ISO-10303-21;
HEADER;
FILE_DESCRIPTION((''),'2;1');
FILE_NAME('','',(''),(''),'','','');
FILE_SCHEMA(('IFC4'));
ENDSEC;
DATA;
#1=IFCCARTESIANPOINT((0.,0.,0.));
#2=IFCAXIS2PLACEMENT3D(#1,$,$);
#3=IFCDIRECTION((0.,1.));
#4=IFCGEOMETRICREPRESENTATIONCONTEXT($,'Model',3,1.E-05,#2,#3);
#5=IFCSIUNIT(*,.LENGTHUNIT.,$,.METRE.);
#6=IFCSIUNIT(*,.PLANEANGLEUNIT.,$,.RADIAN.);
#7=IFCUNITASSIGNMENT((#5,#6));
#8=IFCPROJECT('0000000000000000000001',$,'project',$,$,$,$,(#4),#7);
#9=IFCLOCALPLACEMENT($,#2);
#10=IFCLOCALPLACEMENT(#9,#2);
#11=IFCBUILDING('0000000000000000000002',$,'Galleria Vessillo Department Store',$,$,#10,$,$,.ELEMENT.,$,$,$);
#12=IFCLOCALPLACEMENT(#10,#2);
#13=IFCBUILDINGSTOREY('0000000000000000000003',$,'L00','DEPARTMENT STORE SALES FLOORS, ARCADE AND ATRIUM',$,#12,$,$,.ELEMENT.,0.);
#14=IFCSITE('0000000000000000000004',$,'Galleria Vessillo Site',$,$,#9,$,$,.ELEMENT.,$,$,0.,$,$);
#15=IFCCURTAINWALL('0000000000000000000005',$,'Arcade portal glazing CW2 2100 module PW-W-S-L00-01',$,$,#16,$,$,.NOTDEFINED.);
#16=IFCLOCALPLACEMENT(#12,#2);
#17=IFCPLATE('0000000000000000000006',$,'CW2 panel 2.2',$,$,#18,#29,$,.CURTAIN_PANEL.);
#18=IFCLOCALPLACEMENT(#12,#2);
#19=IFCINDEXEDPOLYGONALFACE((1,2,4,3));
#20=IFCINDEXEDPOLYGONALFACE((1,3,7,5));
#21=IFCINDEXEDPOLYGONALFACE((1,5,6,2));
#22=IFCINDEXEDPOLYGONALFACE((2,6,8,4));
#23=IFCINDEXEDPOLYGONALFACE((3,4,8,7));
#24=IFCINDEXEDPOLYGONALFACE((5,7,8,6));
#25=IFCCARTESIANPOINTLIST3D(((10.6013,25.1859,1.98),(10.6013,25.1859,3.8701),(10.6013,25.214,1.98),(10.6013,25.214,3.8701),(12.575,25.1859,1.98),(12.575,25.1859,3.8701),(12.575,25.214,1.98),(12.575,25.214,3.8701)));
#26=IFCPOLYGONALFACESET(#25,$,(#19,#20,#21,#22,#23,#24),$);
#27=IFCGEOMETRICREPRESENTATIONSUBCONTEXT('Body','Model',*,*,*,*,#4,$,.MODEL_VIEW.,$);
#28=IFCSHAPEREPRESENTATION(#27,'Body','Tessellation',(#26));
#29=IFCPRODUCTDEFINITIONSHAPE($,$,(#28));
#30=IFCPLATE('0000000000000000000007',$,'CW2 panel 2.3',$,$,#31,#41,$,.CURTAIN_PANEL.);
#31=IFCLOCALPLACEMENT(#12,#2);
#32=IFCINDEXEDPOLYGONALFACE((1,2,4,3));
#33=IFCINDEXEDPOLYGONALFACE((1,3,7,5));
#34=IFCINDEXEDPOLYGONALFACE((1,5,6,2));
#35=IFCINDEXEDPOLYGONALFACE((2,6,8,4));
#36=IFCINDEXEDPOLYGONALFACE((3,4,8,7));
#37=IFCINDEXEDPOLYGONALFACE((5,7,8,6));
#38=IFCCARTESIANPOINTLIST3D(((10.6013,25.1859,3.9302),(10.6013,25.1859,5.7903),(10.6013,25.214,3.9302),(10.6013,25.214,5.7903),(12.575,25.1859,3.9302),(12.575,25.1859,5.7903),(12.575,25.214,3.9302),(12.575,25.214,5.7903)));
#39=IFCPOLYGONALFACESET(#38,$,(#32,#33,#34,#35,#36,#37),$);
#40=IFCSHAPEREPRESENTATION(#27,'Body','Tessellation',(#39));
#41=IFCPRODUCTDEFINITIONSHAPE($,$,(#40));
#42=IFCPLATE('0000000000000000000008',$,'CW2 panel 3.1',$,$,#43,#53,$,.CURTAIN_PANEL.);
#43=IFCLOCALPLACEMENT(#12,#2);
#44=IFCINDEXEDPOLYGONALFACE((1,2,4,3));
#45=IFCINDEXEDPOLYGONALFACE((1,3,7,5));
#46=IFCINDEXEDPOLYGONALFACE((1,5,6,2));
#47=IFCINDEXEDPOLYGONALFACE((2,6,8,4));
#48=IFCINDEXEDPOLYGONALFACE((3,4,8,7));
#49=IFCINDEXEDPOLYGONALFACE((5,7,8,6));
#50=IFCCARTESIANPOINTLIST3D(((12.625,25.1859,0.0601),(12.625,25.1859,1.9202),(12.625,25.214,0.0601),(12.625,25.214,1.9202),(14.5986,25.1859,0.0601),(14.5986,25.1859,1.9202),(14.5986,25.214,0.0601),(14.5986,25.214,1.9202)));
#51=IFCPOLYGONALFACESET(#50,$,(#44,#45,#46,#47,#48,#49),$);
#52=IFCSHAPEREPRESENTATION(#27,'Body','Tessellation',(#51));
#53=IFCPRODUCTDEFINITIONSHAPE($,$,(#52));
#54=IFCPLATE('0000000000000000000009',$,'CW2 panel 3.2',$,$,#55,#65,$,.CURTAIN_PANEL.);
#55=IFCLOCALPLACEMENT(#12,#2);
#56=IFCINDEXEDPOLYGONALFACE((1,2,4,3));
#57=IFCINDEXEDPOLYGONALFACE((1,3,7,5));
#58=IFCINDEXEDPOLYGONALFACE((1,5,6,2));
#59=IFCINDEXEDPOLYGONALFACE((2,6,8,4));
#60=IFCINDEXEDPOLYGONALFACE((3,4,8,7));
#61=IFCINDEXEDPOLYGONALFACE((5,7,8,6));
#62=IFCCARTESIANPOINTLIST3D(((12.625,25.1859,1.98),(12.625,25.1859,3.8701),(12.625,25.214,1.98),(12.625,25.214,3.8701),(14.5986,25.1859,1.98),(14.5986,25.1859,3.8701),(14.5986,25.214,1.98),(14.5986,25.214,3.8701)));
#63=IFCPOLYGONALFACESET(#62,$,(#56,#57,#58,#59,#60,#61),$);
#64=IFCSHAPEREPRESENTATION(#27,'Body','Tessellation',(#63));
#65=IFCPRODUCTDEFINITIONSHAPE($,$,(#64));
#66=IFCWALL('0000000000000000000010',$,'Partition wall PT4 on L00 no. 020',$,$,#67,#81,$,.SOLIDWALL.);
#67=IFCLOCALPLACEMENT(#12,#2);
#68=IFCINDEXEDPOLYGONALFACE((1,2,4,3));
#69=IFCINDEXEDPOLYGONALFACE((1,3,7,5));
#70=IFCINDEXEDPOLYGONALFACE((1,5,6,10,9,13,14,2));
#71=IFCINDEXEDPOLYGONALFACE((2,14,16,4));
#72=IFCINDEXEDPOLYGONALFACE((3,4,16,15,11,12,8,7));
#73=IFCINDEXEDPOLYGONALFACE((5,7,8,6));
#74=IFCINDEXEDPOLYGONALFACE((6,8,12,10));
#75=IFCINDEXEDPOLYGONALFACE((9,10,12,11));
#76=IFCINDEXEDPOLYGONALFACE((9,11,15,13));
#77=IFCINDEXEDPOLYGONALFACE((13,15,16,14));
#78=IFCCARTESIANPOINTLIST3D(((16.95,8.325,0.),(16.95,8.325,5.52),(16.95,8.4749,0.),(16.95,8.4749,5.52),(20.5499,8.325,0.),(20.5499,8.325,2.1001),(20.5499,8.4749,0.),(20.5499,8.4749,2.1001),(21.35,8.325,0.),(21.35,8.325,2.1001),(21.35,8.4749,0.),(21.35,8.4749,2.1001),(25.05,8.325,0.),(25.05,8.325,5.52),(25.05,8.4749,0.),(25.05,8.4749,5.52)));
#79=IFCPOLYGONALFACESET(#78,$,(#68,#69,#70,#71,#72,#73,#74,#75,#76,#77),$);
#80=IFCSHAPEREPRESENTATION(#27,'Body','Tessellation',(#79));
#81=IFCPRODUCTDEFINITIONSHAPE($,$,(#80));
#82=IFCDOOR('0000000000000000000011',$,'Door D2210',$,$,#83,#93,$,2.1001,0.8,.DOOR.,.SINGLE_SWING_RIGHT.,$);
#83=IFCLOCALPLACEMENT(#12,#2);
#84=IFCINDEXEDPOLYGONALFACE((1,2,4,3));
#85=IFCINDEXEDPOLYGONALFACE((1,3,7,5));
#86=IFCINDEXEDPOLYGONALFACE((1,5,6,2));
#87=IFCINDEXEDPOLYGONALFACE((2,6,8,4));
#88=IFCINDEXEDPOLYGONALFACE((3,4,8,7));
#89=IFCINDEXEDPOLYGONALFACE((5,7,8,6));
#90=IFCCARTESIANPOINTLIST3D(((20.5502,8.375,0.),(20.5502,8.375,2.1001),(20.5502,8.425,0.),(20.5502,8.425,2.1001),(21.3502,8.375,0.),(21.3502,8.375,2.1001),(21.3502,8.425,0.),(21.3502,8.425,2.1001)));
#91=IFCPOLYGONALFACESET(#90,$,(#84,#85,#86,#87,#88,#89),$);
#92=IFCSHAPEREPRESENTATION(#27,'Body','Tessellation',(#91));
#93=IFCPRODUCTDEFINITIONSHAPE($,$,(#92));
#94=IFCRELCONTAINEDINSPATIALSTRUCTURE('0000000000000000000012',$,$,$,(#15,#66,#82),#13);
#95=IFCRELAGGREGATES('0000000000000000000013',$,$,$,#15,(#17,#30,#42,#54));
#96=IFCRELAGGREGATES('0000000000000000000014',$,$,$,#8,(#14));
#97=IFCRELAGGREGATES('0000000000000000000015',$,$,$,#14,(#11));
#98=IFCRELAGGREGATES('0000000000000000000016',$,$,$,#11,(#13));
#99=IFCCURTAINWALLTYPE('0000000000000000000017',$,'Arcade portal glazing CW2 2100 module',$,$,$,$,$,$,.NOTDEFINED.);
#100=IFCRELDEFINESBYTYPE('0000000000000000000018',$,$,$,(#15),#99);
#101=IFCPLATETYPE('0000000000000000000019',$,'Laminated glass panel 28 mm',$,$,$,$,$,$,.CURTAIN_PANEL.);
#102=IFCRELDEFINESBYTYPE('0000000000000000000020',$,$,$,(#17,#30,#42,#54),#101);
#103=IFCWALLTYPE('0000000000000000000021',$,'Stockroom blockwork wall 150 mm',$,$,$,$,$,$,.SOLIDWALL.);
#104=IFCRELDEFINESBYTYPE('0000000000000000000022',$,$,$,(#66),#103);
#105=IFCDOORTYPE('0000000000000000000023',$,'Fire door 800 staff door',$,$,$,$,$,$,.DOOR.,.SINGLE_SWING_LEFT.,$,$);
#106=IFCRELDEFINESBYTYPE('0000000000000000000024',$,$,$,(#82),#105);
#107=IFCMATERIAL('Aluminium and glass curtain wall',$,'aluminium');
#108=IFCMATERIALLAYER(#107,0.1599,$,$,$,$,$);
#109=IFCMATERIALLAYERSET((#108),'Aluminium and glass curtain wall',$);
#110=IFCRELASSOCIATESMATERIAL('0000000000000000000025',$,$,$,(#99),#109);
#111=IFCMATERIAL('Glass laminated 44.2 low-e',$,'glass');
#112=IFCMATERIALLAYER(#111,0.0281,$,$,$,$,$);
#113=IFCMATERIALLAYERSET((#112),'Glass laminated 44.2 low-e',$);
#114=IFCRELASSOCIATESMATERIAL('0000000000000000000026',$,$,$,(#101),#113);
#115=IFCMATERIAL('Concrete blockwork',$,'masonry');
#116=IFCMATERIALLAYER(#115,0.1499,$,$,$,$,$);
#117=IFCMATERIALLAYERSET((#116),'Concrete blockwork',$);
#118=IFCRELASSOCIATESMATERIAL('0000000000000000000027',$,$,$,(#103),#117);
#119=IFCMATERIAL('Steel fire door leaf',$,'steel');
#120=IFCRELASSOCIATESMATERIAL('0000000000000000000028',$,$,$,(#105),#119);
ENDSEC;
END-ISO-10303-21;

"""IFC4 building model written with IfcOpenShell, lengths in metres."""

from ifc_helpers import new_model, si_unit, direction, frame, frame_2d, origin, origin_2d, place, context, subcontext, project, spatial, rectangle, extrude, material, layer, layer_set, type_object, element, fill, aggregate, save


model = new_model("IFC4")

# Units and contexts
model_context = context("Model", 3, precision=1e-05, world=origin(), true_north=direction((0.0, 1.0)))
body_context = subcontext(model_context, "Body", "Model", "MODEL_VIEW")
ifc_project = project(units=[si_unit("LENGTHUNIT", "METRE"), si_unit("PLANEANGLEUNIT", "RADIAN")], contexts=[model_context])

# Site, building, storey
site_placement = place(None, origin())
site = spatial("IfcSite", under=ifc_project, at=site_placement, Name="Galleria Vessillo Site", CompositionType="ELEMENT", RefElevation=0.0)
building_placement = place(site_placement, origin())
building = spatial("IfcBuilding", under=site, at=building_placement, Name="Galleria Vessillo Department Store", CompositionType="ELEMENT")
storey_placement = place(building_placement, origin())
storey = spatial("IfcBuildingStorey", under=building, at=storey_placement, Name="L00", Description="DEPARTMENT STORE SALES FLOORS, ARCADE AND ATRIUM", CompositionType="ELEMENT", Elevation=0.0)

# Curtain wall
ifc_material_1 = material(Name="Aluminium and glass curtain wall", Category="aluminium")
ifc_layer_1 = layer(ifc_material_1, 0.1599)
ifc_layer_set_1 = layer_set([ifc_layer_1], Name="Aluminium and glass curtain wall")
curtain_wall_type = type_object("IfcCurtainWallType", Name="Arcade portal glazing CW2 2100 module", PredefinedType="NOTDEFINED", material=ifc_layer_set_1)
curtain_wall_placement = place(storey_placement, origin())
curtain_wall = element("IfcCurtainWall", 1, at=curtain_wall_placement, inside=storey, type_object=curtain_wall_type, Name="Arcade portal glazing CW2 2100 module PW-W-S-L00-01", PredefinedType="NOTDEFINED")

# Plates
ifc_material_2 = material(Name="Glass laminated 44.2 low-e", Category="glass")
ifc_layer_2 = layer(ifc_material_2, 0.0281)
ifc_layer_set_2 = layer_set([ifc_layer_2], Name="Glass laminated 44.2 low-e")
plate_type = type_object("IfcPlateType", Name="Laminated glass panel 28 mm", PredefinedType="CURTAIN_PANEL", material=ifc_layer_set_2)
plate_1_placement = place(storey_placement, frame((11.5881, 25.2, 1.98), z_axis=(0.0, 0.0, 1.0), x_axis=(1.0, 0.0, 0.0)))
plate_1 = element("IfcPlate", 2, at=plate_1_placement, type_object=plate_type, Name="CW2 panel 2.2", PredefinedType="CURTAIN_PANEL", context=body_context, shape_type="SweptSolid", body=[
    extrude(rectangle(XDim=1.9736, YDim=0.0281, at=origin_2d()), origin(), (0.0, 0.0, 1.0), 1.8901),
])
plate_2_placement = place(storey_placement, frame((11.5881, 25.2, 3.9302), z_axis=(0.0, 0.0, 1.0), x_axis=(1.0, 0.0, 0.0)))
plate_2 = element("IfcPlate", 3, at=plate_2_placement, type_object=plate_type, Name="CW2 panel 2.3", PredefinedType="CURTAIN_PANEL", context=body_context, shape_type="SweptSolid", body=[
    extrude(rectangle(XDim=1.9736, YDim=0.0281, at=origin_2d()), origin(), (0.0, 0.0, 1.0), 1.8601),
])
plate_3_placement = place(storey_placement, frame((13.6118, 25.2, 0.0601), z_axis=(0.0, 0.0, 1.0), x_axis=(1.0, 0.0, 0.0)))
plate_3 = element("IfcPlate", 4, at=plate_3_placement, type_object=plate_type, Name="CW2 panel 3.1", PredefinedType="CURTAIN_PANEL", context=body_context, shape_type="SweptSolid", body=[
    extrude(rectangle(XDim=1.9736, YDim=0.0281, at=origin_2d()), origin(), (0.0, 0.0, 1.0), 1.8601),
])
plate_4_placement = place(storey_placement, frame((13.6118, 25.2, 1.98), z_axis=(0.0, 0.0, 1.0), x_axis=(1.0, 0.0, 0.0)))
plate_4 = element("IfcPlate", 5, at=plate_4_placement, type_object=plate_type, Name="CW2 panel 3.2", PredefinedType="CURTAIN_PANEL", context=body_context, shape_type="SweptSolid", body=[
    extrude(rectangle(XDim=1.9736, YDim=0.0281, at=origin_2d()), origin(), (0.0, 0.0, 1.0), 1.8901),
])
aggregate(curtain_wall, [plate_1, plate_2, plate_3, plate_4])

# Wall, opening, door
ifc_material_3 = material(Name="Concrete blockwork", Category="masonry")
ifc_layer_3 = layer(ifc_material_3, 0.1499)
ifc_layer_set_3 = layer_set([ifc_layer_3], Name="Concrete blockwork")
wall_type = type_object("IfcWallType", Name="Stockroom blockwork wall 150 mm", PredefinedType="SOLIDWALL", material=ifc_layer_set_3)
wall_placement = place(storey_placement, frame((16.95, 8.3999, 0.0), z_axis=(0.0, 0.0, 1.0), x_axis=(1.0, 0.0, 0.0)))
wall = element("IfcWall", 6, at=wall_placement, inside=storey, type_object=wall_type, Name="Partition wall PT4 on L00 no. 020", PredefinedType="SOLIDWALL", context=body_context, shape_type="SweptSolid", body=[
    extrude(rectangle(XDim=8.1001, YDim=0.1499, at=frame_2d((4.05, 0.0))), origin(), (0.0, 0.0, 1.0), 5.52),
])
opening_placement = place(wall_placement, frame((3.6001, 0.0, 0.0)))
opening = element("IfcOpeningElement", 7, at=opening_placement, cuts=wall, PredefinedType="OPENING", context=body_context, shape_type="SweptSolid", body=[
    extrude(rectangle(XDim=0.8, YDim=2.1001, at=frame_2d((0.3999, 1.05))), frame((0.0, 0.085, 0.0), z_axis=(0.0, -1.0, 0.0), x_axis=(1.0, 0.0, 0.0)), (0.0, 0.0, 1.0), 0.1699),
])
ifc_material_4 = material(Name="Steel fire door leaf", Category="steel")
door_type = type_object("IfcDoorType", Name="Fire door 800 staff door", OperationType="SINGLE_SWING_LEFT", PredefinedType="DOOR", material=ifc_material_4)
door_placement = place(opening_placement, frame((0.8, 0.0, 0.0), z_axis=(0.0, 0.0, 1.0), x_axis=(-1.0, 0.0, 0.0)))
door = element("IfcDoor", 8, at=door_placement, inside=storey, type_object=door_type, Name="Door D2210", OperationType="SINGLE_SWING_RIGHT", OverallHeight=2.1001, OverallWidth=0.8, PredefinedType="DOOR", context=body_context, shape_type="SweptSolid", body=[
    extrude(rectangle(XDim=0.8, YDim=2.1001, at=frame_2d((0.3999, 1.05))), frame((0.0, 0.0249, 0.0), z_axis=(0.0, -1.0, 0.0), x_axis=(1.0, 0.0, 0.0)), (0.0, 0.0, 1.0), 0.05),
])
fill(opening, door)

save(model, "model.ifc")
